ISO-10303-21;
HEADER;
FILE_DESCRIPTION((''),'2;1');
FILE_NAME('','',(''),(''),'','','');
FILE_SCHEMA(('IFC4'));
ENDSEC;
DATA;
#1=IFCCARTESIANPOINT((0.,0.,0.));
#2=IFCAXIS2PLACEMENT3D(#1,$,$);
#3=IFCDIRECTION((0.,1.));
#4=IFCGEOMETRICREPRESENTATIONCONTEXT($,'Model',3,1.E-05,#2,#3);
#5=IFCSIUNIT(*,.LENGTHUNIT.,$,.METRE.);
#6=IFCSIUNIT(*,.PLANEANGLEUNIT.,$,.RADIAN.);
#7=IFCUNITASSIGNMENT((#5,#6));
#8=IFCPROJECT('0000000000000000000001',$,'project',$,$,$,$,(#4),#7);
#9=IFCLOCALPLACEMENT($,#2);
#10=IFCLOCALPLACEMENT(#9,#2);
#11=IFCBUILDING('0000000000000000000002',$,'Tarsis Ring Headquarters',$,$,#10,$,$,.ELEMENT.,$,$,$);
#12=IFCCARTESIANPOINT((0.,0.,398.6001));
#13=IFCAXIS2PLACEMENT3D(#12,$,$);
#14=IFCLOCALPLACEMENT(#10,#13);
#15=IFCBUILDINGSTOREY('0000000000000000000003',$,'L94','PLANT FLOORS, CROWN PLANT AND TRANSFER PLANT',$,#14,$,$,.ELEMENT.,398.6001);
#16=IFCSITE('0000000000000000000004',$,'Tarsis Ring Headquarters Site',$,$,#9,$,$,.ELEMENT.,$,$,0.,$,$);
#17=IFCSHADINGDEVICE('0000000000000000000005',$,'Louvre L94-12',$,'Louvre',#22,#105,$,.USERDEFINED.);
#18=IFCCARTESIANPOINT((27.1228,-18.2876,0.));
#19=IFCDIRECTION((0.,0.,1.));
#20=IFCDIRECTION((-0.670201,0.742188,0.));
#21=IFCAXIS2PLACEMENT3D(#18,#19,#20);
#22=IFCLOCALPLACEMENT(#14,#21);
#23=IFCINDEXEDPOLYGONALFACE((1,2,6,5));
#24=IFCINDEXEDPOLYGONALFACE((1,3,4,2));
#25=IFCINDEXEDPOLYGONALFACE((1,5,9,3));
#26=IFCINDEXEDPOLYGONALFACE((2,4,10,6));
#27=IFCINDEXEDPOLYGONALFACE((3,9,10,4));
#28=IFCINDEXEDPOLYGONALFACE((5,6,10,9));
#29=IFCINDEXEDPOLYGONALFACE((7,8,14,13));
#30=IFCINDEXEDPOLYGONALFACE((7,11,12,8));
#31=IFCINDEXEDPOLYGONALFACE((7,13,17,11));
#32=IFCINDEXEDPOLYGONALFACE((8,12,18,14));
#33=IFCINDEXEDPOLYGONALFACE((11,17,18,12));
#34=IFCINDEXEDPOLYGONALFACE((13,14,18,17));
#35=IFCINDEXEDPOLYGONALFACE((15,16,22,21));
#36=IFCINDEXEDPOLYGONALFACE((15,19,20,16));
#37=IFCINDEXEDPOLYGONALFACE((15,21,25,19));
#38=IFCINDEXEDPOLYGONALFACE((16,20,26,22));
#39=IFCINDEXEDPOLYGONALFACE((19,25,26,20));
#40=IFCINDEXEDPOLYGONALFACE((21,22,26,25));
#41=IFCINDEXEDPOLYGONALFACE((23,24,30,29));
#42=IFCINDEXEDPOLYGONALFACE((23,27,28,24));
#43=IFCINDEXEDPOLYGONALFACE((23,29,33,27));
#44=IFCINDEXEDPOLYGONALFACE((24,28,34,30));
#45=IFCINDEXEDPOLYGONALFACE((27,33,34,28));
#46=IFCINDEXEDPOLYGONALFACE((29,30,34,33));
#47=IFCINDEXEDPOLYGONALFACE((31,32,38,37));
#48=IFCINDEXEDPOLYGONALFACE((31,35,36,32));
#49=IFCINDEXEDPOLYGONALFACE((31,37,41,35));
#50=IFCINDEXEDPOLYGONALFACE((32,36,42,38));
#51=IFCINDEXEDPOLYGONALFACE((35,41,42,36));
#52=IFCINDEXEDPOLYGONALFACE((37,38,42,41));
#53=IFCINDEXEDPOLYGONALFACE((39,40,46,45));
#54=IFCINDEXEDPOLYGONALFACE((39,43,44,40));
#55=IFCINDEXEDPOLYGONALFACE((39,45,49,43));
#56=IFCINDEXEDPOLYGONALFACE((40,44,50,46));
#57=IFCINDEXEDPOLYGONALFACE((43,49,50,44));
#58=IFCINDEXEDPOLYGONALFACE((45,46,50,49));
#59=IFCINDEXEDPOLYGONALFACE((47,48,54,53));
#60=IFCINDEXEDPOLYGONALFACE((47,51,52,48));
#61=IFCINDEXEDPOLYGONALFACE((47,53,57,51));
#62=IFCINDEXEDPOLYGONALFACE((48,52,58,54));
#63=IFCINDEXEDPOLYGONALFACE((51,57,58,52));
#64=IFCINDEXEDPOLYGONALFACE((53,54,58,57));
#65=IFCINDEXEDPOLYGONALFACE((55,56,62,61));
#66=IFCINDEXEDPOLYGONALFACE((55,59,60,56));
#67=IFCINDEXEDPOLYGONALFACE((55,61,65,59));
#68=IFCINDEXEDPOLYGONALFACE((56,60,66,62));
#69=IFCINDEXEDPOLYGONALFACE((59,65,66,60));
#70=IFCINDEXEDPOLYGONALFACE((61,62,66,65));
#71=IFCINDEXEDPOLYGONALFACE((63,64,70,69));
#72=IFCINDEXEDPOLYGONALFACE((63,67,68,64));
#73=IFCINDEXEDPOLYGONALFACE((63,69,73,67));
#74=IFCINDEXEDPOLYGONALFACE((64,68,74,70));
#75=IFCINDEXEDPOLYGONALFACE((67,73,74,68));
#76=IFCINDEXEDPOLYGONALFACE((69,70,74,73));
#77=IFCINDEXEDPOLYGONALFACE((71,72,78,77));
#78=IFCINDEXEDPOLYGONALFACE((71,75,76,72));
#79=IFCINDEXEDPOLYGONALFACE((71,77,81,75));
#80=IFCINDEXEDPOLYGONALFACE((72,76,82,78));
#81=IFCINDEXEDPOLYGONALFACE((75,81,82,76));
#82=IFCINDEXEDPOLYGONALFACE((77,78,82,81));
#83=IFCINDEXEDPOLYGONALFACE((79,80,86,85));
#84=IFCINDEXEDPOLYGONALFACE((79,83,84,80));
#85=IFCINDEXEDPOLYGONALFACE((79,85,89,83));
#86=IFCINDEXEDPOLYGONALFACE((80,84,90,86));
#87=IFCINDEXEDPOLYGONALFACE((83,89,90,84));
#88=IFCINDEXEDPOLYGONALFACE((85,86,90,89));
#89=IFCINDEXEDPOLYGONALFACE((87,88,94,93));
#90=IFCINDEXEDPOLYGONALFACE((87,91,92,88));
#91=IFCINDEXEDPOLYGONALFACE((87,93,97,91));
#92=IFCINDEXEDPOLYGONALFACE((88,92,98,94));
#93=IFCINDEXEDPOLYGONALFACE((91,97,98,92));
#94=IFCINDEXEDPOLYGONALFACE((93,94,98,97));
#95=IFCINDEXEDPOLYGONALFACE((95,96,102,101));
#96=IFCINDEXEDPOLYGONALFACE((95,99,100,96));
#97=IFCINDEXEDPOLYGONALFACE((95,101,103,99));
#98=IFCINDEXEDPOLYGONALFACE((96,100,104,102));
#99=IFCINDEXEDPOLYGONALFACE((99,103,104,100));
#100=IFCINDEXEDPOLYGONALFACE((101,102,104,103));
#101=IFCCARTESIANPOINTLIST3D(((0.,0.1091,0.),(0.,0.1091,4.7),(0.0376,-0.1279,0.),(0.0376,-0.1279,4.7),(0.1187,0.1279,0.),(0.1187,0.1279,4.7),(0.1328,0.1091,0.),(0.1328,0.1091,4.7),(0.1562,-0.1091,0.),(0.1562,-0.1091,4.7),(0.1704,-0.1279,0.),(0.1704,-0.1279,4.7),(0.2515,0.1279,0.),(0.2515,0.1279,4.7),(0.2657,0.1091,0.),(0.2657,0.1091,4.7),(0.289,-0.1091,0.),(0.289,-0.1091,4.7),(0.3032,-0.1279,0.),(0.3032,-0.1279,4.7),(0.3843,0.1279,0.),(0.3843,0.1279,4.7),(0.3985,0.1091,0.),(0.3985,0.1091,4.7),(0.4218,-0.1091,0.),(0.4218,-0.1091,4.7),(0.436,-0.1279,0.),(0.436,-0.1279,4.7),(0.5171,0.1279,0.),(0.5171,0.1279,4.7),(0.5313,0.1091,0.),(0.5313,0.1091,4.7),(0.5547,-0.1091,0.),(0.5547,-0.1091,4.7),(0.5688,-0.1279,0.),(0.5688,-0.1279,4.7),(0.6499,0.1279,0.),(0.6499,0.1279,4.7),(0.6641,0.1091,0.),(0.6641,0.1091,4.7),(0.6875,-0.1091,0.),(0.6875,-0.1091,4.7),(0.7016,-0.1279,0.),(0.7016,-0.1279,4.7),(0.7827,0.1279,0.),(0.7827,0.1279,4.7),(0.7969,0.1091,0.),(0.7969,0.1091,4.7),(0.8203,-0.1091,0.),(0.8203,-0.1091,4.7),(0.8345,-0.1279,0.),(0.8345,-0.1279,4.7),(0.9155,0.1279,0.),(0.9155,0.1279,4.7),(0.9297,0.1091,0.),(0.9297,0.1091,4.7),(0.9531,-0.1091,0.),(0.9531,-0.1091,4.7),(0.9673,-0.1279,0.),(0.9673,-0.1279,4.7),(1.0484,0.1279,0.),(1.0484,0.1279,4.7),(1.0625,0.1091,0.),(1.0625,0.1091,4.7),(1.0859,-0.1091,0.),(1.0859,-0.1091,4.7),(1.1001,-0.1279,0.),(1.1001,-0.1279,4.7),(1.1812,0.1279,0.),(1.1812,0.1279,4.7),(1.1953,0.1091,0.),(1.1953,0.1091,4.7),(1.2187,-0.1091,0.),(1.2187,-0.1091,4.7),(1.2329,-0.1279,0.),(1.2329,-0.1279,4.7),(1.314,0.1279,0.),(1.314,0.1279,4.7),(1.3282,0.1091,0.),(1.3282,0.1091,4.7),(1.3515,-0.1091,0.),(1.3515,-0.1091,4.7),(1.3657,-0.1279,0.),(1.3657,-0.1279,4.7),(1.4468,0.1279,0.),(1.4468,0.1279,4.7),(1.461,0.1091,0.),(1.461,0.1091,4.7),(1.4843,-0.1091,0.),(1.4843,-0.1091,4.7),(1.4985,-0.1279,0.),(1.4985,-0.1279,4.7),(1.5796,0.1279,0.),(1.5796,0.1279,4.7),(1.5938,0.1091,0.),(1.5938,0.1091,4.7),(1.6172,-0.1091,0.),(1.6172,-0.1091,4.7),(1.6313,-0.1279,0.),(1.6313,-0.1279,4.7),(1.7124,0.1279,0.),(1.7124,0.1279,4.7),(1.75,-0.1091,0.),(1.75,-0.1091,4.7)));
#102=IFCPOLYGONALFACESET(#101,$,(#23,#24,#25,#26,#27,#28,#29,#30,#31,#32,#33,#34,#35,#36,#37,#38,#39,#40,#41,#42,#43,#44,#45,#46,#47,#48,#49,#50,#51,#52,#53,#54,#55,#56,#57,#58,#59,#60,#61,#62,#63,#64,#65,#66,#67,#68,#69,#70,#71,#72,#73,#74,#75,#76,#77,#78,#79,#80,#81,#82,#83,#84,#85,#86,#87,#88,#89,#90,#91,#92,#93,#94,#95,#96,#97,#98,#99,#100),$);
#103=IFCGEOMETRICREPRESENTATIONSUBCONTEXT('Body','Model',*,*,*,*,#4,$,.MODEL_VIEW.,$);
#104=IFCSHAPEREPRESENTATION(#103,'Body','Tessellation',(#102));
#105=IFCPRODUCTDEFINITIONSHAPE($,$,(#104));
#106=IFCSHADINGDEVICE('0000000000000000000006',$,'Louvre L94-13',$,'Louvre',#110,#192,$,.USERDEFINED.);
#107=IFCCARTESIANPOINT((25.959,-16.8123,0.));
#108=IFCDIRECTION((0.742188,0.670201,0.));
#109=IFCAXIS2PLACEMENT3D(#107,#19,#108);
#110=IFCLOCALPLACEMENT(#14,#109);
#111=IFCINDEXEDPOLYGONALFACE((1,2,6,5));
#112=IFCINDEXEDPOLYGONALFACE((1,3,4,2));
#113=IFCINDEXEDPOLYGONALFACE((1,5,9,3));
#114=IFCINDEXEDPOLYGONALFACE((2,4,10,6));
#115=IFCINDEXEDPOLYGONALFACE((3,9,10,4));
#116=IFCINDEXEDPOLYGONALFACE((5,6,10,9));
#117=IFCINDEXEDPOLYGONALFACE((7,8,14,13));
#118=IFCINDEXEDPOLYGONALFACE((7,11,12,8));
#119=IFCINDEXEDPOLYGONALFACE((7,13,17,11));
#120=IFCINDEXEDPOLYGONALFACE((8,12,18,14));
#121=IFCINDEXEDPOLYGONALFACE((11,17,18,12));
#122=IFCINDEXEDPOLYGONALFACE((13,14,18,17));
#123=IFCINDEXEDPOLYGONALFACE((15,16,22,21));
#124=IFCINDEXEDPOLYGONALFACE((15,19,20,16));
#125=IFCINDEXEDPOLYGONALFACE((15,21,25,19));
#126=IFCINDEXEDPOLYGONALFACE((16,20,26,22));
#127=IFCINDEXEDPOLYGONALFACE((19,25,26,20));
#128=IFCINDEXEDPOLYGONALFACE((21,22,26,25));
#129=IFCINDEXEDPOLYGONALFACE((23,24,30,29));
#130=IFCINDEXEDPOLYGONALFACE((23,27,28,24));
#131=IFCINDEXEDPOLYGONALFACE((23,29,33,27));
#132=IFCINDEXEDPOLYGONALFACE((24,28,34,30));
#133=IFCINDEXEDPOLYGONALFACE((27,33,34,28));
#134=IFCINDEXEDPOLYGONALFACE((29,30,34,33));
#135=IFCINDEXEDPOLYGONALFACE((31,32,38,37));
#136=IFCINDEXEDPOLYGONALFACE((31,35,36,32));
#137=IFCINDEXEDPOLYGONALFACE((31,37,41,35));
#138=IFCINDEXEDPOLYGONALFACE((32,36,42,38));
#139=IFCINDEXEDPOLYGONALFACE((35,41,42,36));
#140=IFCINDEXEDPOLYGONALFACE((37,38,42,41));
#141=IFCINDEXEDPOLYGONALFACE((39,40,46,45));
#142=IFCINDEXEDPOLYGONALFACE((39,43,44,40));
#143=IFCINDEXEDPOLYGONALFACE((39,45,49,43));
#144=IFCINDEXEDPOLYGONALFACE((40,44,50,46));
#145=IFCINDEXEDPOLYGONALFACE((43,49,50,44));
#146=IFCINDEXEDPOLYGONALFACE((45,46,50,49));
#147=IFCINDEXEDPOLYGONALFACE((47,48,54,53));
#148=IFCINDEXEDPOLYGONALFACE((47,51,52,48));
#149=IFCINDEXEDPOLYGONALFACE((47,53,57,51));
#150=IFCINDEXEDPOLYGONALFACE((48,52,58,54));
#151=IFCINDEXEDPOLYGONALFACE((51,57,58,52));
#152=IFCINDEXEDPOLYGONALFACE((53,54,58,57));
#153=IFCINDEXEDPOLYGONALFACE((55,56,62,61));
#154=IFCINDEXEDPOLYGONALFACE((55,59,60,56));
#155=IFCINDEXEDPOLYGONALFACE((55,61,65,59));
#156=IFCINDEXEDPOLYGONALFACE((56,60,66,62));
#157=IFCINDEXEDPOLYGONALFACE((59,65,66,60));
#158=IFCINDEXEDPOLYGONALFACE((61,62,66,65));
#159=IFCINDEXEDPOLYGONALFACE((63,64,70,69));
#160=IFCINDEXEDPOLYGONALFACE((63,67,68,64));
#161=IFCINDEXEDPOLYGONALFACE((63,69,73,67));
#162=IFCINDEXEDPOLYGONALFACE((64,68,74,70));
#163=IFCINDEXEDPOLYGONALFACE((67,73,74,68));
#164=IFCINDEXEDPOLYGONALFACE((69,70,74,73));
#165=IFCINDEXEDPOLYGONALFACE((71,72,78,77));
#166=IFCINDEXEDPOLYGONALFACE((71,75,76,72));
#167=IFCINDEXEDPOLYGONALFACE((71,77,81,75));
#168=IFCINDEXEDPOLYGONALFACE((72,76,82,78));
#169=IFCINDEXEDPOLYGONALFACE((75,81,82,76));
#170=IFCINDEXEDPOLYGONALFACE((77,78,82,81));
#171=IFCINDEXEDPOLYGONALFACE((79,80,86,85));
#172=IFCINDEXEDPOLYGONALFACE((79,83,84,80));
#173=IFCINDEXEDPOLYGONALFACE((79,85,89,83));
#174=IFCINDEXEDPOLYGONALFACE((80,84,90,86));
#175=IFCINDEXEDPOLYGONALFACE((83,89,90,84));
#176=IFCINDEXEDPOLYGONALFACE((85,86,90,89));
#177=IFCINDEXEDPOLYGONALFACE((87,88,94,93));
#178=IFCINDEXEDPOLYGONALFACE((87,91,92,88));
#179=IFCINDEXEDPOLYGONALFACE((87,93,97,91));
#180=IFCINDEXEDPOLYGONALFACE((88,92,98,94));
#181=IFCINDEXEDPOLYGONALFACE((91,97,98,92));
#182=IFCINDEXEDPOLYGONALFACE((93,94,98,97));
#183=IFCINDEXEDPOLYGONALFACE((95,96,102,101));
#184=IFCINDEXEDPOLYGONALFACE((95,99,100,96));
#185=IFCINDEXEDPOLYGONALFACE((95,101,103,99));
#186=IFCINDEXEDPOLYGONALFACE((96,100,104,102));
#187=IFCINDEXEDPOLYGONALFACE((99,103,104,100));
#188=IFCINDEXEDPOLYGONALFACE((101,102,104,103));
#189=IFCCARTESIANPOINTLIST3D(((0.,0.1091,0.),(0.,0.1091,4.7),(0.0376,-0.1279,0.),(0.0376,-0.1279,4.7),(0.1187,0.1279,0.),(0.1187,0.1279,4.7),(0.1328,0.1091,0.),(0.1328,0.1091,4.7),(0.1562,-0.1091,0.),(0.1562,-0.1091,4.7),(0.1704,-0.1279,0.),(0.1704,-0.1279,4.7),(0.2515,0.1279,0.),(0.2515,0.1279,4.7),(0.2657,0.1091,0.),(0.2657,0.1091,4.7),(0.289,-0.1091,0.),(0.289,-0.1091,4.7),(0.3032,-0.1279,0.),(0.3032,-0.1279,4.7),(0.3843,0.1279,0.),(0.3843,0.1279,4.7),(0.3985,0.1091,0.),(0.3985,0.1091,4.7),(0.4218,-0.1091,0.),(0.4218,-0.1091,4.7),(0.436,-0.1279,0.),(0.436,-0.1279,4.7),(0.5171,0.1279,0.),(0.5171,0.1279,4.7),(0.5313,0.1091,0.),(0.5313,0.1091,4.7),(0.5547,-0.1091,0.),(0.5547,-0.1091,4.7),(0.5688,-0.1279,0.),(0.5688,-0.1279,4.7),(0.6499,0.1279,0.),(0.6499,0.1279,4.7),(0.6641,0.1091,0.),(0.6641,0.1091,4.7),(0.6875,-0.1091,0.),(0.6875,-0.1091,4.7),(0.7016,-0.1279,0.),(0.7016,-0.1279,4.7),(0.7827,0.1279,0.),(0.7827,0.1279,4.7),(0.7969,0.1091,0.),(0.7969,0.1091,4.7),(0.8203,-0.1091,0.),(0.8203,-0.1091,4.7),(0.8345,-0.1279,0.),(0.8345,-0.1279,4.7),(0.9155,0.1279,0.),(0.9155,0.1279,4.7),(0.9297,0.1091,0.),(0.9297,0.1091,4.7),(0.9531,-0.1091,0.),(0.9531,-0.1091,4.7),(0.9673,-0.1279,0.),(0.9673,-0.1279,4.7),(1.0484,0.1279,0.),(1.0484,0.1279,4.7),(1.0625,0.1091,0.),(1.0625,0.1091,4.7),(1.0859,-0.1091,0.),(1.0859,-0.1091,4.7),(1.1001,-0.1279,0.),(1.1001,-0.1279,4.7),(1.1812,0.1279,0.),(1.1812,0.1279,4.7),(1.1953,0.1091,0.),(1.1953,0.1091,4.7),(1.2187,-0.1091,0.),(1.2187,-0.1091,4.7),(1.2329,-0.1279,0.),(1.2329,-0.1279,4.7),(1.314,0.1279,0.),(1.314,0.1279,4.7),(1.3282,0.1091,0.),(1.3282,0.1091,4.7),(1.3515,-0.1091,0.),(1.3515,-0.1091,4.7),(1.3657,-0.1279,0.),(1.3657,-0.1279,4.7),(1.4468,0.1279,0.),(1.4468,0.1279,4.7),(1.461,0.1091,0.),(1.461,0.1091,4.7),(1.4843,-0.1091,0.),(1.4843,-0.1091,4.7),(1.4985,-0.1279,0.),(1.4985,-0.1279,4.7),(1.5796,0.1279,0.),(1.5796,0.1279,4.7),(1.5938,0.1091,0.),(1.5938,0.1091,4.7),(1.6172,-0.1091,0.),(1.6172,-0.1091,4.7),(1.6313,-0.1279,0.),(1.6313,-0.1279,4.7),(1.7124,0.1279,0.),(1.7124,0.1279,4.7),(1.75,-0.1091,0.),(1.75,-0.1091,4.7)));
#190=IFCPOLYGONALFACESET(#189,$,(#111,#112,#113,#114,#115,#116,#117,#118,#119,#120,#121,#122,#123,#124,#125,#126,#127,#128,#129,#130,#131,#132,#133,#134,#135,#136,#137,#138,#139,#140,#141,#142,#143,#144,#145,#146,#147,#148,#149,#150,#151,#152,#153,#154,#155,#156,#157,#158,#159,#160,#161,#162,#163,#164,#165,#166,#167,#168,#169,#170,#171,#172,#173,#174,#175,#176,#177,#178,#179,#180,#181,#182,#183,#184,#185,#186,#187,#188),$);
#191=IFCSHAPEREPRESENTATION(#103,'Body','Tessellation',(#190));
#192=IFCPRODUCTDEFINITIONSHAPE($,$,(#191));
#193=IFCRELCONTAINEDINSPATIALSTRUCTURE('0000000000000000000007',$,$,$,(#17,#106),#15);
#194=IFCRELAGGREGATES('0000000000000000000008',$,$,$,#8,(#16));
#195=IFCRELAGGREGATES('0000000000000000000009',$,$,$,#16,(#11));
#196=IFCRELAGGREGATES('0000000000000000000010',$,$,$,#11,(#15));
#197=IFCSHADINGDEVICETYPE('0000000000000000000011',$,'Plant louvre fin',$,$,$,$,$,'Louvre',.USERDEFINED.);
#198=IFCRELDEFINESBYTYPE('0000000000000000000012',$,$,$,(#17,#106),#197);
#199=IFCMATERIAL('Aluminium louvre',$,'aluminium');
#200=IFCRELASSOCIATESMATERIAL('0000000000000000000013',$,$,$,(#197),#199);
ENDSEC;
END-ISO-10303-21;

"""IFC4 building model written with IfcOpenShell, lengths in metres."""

from ifc_helpers import new_model, si_unit, direction, frame, frame_2d, origin, place, context, subcontext, project, spatial, rectangle, composite_profile, extrude, material, type_object, element, save


model = new_model("IFC4")

# Units and contexts
model_context = context("Model", 3, precision=1e-05, world=origin(), true_north=direction((0.0, 1.0)))
body_context = subcontext(model_context, "Body", "Model", "MODEL_VIEW")
ifc_project = project(units=[si_unit("LENGTHUNIT", "METRE"), si_unit("PLANEANGLEUNIT", "RADIAN")], contexts=[model_context])

# Site, building, storey
site_placement = place(None, origin())
site = spatial("IfcSite", under=ifc_project, at=site_placement, Name="Tarsis Ring Headquarters Site", CompositionType="ELEMENT", RefElevation=0.0)
building_placement = place(site_placement, origin())
building = spatial("IfcBuilding", under=site, at=building_placement, Name="Tarsis Ring Headquarters", CompositionType="ELEMENT")
storey_placement = place(building_placement, frame((0.0, 0.0, 398.6001)))
storey = spatial("IfcBuildingStorey", under=building, at=storey_placement, Name="L94", Description="PLANT FLOORS, CROWN PLANT AND TRANSFER PLANT", CompositionType="ELEMENT", Elevation=398.6001)

# Shading devices
ifc_material_1 = material(Name="Aluminium louvre", Category="aluminium")
shading_device_type_1 = type_object("IfcShadingDeviceType", Name="Plant louvre fin", ElementType="Louvre", PredefinedType="USERDEFINED", material=ifc_material_1)
for number, where, z_axis, x_axis, name in (
    (1, (27.1228, -18.2876, 0.0), (0.0, 0.0, 1.0), (-0.670201, 0.742188, 0.0), "Louvre L94-12"),
    (2, (25.959, -16.8123, 0.0), (0.0, 0.0, 1.0), (0.742188, 0.670201, 0.0), "Louvre L94-13"),
):
    element("IfcShadingDevice", number, at=place(storey_placement, frame(where, z_axis=z_axis, x_axis=x_axis)), inside=storey, type_object=shading_device_type_1, Name=name, ObjectType="Louvre", PredefinedType="USERDEFINED", context=body_context, shape_type="SweptSolid", body=[
        extrude(composite_profile([rectangle(XDim=0.1201, YDim=0.24, at=frame_2d((0.0781, 0.0), x_axis=(0.987688, 0.156434))), rectangle(XDim=0.1201, YDim=0.24, at=frame_2d((0.2109, 0.0), x_axis=(0.987688, 0.156434))), rectangle(XDim=0.1201, YDim=0.24, at=frame_2d((0.3438, 0.0), x_axis=(0.987688, 0.156434))), rectangle(XDim=0.1201, YDim=0.24, at=frame_2d((0.4766, 0.0), x_axis=(0.987688, 0.156434))), rectangle(XDim=0.1201, YDim=0.24, at=frame_2d((0.6094, 0.0), x_axis=(0.987688, 0.156434))), rectangle(XDim=0.1201, YDim=0.24, at=frame_2d((0.7422, 0.0), x_axis=(0.987688, 0.156434))), rectangle(XDim=0.1201, YDim=0.24, at=frame_2d((0.875, 0.0), x_axis=(0.987688, 0.156434))), rectangle(XDim=0.1201, YDim=0.24, at=frame_2d((1.0078, 0.0), x_axis=(0.987688, 0.156434))), rectangle(XDim=0.1201, YDim=0.24, at=frame_2d((1.1406, 0.0), x_axis=(0.987688, 0.156434))), rectangle(XDim=0.1201, YDim=0.24, at=frame_2d((1.2734, 0.0), x_axis=(0.987688, 0.156434))), rectangle(XDim=0.1201, YDim=0.24, at=frame_2d((1.4062, 0.0), x_axis=(0.987688, 0.156434))), rectangle(XDim=0.1201, YDim=0.24, at=frame_2d((1.5391, 0.0), x_axis=(0.987688, 0.156434))), rectangle(XDim=0.1201, YDim=0.24, at=frame_2d((1.6719, 0.0), x_axis=(0.987688, 0.156434)))]), origin(), (0.0, 0.0, 1.0), 4.7),
    ])

save(model, "model.ifc")
